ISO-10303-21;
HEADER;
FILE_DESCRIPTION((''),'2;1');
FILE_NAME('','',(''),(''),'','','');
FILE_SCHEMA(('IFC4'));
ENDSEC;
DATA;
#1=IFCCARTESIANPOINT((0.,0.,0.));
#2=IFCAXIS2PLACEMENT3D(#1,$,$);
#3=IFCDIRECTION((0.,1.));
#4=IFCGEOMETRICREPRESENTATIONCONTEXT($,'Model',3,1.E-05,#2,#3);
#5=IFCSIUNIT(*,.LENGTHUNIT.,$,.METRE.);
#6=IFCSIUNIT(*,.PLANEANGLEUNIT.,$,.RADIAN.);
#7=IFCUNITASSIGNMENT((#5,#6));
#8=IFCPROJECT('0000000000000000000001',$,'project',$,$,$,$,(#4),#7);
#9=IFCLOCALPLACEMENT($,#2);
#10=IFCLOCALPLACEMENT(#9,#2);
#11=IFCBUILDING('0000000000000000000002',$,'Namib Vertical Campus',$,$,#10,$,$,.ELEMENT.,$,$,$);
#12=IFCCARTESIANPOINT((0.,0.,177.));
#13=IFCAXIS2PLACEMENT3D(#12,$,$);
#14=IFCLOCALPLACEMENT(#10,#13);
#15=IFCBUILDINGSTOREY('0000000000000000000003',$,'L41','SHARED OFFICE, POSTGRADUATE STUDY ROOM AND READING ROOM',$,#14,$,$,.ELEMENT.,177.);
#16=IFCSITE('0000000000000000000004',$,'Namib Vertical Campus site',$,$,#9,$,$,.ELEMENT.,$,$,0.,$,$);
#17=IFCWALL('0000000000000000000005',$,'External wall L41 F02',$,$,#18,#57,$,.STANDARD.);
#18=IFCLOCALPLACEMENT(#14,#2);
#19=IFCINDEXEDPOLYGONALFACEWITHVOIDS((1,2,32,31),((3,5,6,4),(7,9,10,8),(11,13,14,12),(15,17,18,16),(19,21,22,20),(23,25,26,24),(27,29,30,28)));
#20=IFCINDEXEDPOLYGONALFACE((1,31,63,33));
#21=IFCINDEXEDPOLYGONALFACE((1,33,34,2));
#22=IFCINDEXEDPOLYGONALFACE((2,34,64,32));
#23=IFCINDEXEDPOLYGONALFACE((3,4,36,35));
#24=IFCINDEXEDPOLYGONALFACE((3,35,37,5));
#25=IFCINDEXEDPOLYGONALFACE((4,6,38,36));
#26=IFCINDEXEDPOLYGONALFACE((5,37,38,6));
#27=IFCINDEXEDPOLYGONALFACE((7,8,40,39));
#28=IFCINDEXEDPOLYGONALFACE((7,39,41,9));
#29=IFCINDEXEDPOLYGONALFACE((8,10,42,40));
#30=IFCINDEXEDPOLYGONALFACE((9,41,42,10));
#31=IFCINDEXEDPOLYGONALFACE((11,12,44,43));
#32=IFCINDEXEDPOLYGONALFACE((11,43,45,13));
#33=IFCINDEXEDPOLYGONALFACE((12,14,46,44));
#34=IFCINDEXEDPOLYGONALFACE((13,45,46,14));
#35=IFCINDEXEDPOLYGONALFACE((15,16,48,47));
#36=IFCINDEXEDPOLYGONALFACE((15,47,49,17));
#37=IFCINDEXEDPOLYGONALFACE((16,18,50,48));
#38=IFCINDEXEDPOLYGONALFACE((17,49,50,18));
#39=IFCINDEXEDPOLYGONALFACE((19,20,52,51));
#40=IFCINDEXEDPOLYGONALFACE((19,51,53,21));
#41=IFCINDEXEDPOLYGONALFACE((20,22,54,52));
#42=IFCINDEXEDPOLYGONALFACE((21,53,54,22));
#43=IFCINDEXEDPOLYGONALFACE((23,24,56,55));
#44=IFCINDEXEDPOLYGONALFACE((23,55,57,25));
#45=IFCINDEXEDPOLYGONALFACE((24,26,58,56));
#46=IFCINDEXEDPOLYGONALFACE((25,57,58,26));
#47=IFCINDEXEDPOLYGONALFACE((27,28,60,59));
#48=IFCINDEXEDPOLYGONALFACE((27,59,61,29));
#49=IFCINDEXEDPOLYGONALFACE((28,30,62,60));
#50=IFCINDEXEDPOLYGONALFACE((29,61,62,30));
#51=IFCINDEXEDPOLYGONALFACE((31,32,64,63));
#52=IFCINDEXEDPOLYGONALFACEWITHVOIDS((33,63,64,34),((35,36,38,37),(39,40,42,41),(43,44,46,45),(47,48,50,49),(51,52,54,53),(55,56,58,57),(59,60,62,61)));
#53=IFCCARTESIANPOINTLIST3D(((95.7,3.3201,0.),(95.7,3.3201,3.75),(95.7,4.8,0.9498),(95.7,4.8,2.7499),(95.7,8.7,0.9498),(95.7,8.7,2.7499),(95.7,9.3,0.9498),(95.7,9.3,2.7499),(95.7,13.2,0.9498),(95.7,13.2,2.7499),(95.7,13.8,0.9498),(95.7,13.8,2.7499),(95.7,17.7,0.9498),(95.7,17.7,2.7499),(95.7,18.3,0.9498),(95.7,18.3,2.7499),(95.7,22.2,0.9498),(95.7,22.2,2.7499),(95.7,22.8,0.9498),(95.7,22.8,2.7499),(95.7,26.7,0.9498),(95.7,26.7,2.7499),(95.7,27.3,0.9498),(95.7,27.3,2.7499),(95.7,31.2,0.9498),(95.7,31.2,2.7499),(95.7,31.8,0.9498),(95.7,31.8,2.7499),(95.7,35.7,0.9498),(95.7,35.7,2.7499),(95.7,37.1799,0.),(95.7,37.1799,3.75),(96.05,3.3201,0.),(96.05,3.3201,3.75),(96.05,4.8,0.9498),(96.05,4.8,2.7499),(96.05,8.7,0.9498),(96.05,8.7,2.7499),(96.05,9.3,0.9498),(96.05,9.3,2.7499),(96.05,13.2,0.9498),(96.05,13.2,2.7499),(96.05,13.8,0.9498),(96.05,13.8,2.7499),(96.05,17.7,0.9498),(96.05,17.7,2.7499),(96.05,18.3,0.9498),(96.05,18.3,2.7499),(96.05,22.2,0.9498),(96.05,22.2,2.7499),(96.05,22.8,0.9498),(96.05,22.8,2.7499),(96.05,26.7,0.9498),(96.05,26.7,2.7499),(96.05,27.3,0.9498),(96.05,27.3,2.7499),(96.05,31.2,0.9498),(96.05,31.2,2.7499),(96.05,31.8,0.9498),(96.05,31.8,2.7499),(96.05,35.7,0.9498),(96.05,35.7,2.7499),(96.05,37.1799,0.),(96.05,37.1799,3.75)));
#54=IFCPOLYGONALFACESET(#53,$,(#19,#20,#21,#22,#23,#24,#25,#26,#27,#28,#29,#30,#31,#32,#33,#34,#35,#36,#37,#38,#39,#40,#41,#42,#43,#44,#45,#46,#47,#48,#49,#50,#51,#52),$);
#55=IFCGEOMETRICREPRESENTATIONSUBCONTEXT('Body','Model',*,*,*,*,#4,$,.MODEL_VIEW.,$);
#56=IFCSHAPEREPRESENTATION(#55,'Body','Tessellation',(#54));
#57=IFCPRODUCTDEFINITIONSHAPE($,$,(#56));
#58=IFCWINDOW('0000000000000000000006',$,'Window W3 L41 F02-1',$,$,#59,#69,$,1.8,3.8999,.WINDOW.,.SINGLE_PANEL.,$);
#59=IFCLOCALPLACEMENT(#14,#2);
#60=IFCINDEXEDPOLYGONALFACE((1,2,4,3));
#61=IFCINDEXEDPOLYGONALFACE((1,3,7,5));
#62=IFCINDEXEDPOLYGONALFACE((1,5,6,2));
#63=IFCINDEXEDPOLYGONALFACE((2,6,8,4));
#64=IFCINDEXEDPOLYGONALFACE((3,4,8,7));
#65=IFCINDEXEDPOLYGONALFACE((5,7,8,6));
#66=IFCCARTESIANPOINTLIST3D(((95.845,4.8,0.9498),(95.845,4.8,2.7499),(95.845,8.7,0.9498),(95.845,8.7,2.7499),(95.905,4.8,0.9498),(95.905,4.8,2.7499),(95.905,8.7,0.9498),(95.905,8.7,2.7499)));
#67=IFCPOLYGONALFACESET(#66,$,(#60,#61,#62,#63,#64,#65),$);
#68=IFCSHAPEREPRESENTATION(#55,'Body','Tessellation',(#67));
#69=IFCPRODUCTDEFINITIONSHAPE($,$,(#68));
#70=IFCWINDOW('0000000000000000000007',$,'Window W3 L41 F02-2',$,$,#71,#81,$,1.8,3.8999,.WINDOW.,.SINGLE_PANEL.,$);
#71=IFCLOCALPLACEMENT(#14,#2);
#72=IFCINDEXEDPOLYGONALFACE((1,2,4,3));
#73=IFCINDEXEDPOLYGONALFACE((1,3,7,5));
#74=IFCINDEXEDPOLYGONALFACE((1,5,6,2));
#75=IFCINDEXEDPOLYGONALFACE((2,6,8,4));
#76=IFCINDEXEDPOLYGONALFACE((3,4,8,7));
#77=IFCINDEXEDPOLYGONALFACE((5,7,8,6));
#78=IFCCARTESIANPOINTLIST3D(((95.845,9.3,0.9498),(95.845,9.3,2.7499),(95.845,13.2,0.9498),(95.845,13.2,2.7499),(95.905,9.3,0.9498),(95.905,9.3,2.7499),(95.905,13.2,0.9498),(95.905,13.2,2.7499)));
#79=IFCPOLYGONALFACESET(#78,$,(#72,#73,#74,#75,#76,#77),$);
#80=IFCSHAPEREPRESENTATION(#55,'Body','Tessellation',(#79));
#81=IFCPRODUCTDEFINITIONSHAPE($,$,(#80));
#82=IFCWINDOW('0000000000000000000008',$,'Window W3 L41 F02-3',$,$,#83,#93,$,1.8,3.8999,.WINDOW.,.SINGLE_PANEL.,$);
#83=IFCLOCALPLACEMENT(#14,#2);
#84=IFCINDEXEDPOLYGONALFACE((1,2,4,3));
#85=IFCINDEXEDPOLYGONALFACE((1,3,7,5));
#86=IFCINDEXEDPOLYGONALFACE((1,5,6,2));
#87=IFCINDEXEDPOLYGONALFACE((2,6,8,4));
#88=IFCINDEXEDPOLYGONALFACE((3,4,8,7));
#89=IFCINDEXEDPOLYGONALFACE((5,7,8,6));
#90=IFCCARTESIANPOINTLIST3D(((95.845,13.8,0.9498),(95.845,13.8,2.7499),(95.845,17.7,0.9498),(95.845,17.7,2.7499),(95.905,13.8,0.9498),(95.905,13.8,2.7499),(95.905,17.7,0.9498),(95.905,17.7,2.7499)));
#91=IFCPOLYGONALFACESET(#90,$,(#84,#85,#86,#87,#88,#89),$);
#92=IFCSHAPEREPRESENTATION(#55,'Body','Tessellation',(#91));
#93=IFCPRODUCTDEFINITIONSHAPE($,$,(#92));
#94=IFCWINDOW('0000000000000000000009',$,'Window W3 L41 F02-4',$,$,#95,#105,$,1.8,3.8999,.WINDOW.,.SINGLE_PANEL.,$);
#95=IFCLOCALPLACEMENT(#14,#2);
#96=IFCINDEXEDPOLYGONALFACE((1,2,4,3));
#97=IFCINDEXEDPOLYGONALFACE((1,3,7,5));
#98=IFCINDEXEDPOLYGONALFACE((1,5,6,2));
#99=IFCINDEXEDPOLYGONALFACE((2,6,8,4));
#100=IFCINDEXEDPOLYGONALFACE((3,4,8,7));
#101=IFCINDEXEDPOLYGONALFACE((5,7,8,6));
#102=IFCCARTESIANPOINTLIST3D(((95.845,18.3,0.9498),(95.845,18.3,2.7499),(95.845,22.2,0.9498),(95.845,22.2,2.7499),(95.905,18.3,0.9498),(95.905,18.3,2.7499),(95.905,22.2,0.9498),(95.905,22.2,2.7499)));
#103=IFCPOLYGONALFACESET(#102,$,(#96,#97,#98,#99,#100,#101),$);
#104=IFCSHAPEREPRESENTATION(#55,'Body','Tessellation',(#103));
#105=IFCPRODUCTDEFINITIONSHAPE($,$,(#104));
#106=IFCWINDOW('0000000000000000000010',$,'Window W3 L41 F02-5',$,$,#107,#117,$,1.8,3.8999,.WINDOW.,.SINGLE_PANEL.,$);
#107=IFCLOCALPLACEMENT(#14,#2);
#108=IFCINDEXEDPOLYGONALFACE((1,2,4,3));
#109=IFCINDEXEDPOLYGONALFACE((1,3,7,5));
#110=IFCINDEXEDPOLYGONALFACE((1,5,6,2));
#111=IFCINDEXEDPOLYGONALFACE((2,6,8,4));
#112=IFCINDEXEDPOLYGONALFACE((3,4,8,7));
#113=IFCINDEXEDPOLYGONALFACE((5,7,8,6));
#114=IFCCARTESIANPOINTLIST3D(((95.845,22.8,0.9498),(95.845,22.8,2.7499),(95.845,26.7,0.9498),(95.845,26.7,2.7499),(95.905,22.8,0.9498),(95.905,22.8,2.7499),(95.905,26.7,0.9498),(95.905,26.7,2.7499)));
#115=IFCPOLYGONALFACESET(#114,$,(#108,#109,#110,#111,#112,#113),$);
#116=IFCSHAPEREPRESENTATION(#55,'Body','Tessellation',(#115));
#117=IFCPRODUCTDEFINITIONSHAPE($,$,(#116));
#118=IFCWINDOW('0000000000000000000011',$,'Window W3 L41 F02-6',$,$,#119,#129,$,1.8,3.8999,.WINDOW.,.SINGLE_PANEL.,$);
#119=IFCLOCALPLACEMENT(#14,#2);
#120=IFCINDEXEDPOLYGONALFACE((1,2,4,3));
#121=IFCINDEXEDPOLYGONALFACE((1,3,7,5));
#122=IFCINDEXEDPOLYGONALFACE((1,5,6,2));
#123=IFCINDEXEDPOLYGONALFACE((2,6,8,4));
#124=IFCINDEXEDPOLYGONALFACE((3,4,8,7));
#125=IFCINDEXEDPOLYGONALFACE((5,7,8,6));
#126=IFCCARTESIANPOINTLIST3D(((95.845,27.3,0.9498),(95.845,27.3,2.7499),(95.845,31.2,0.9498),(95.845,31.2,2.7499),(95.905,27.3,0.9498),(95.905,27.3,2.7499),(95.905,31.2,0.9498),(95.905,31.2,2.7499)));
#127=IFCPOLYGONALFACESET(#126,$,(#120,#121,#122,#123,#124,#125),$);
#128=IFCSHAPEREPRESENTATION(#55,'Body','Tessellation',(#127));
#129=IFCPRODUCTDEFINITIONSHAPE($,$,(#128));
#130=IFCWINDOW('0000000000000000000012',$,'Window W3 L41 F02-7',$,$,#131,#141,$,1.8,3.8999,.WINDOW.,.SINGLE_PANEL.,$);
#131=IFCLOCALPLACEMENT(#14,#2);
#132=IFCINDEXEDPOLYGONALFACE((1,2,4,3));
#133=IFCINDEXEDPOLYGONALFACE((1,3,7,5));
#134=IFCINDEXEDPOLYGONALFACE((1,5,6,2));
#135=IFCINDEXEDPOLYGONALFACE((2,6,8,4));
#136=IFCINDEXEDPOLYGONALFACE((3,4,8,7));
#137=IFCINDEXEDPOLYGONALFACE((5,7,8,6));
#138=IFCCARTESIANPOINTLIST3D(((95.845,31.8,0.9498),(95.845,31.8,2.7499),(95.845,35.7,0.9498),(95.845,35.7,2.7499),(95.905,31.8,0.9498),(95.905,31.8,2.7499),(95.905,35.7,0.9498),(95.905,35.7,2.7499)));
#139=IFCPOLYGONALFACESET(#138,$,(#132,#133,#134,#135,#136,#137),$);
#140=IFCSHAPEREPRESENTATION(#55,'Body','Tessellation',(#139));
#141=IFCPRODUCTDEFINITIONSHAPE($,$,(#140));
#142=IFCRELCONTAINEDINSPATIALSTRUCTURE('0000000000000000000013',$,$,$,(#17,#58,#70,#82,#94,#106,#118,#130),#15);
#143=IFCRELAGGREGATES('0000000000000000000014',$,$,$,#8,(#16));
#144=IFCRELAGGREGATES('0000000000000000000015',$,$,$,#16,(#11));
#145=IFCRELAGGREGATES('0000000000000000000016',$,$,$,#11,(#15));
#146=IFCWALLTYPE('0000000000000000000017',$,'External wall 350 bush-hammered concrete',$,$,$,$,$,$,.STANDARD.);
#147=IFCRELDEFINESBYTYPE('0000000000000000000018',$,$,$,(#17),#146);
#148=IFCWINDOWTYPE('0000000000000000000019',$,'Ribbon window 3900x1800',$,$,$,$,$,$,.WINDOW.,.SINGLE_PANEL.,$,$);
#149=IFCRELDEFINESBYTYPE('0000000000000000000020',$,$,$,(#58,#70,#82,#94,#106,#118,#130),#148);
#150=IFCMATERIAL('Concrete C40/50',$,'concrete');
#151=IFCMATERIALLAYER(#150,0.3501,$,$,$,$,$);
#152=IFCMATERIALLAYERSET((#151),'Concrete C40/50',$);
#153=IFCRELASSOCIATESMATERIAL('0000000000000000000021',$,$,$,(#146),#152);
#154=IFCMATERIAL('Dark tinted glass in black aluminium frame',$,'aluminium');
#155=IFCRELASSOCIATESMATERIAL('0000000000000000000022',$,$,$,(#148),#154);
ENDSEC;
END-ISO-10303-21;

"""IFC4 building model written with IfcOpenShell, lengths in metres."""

from ifc_helpers import new_model, si_unit, direction, frame, frame_2d, origin, place, context, subcontext, project, spatial, rectangle, extrude, material, layer, layer_set, type_object, element, fill, save


model = new_model("IFC4")

# Units and contexts
model_context = context("Model", 3, precision=1e-05, world=origin(), true_north=direction((0.0, 1.0)))
body_context = subcontext(model_context, "Body", "Model", "MODEL_VIEW")
ifc_project = project(units=[si_unit("LENGTHUNIT", "METRE"), si_unit("PLANEANGLEUNIT", "RADIAN")], contexts=[model_context])

# Site, building, storey
site_placement = place(None, origin())
site = spatial("IfcSite", under=ifc_project, at=site_placement, Name="Namib Vertical Campus site", CompositionType="ELEMENT", RefElevation=0.0)
building_placement = place(site_placement, origin())
building = spatial("IfcBuilding", under=site, at=building_placement, Name="Namib Vertical Campus", CompositionType="ELEMENT")
storey_placement = place(building_placement, frame((0.0, 0.0, 177.0)))
storey = spatial("IfcBuildingStorey", under=building, at=storey_placement, Name="L41", Description="SHARED OFFICE, POSTGRADUATE STUDY ROOM AND READING ROOM", CompositionType="ELEMENT", Elevation=177.0)

# Wall, openings, windows
ifc_material_1 = material(Name="Concrete C40/50", Category="concrete")
ifc_layer_1 = layer(ifc_material_1, 0.3501)
ifc_layer_set_1 = layer_set([ifc_layer_1], Name="Concrete C40/50")
wall_type_1 = type_object("IfcWallType", Name="External wall 350 bush-hammered concrete", PredefinedType="STANDARD", material=ifc_layer_set_1)
wall_1_placement = place(storey_placement, frame((95.875, 3.3201, 0.0), z_axis=(0.0, 0.0, 1.0), x_axis=(0.0, 1.0, 0.0)))
wall_1 = element("IfcWall", 1, at=wall_1_placement, inside=storey, type_object=wall_type_1, Name="External wall L41 F02", PredefinedType="STANDARD", context=body_context, shape_type="SweptSolid", body=[
    extrude(rectangle(XDim=33.8599, YDim=0.3501, at=frame_2d((16.9299, 0.0))), origin(), (0.0, 0.0, 1.0), 3.75),
])
opening_1_placement = place(wall_1_placement, frame((1.48, 0.0, 0.95)))
opening_1 = element("IfcOpeningElement", 2, at=opening_1_placement, cuts=wall_1, PredefinedType="OPENING", context=body_context, shape_type="SweptSolid", body=[
    extrude(rectangle(XDim=3.8999, YDim=1.8, at=frame_2d((1.95, 0.8999))), frame((0.0, 0.1851, 0.0), z_axis=(0.0, -1.0, 0.0), x_axis=(1.0, 0.0, 0.0)), (0.0, 0.0, 1.0), 0.3701),
])
opening_2_placement = place(wall_1_placement, frame((5.98, 0.0, 0.95)))
opening_2 = element("IfcOpeningElement", 3, at=opening_2_placement, cuts=wall_1, PredefinedType="OPENING", context=body_context, shape_type="SweptSolid", body=[
    extrude(rectangle(XDim=3.8999, YDim=1.8, at=frame_2d((1.95, 0.8999))), frame((0.0, 0.1851, 0.0), z_axis=(0.0, -1.0, 0.0), x_axis=(1.0, 0.0, 0.0)), (0.0, 0.0, 1.0), 0.3701),
])
opening_3_placement = place(wall_1_placement, frame((10.48, 0.0, 0.95)))
opening_3 = element("IfcOpeningElement", 4, at=opening_3_placement, cuts=wall_1, PredefinedType="OPENING", context=body_context, shape_type="SweptSolid", body=[
    extrude(rectangle(XDim=3.8999, YDim=1.8, at=frame_2d((1.95, 0.8999))), frame((0.0, 0.1851, 0.0), z_axis=(0.0, -1.0, 0.0), x_axis=(1.0, 0.0, 0.0)), (0.0, 0.0, 1.0), 0.3701),
])
opening_4_placement = place(wall_1_placement, frame((14.98, 0.0, 0.95)))
opening_4 = element("IfcOpeningElement", 5, at=opening_4_placement, cuts=wall_1, PredefinedType="OPENING", context=body_context, shape_type="SweptSolid", body=[
    extrude(rectangle(XDim=3.8999, YDim=1.8, at=frame_2d((1.95, 0.8999))), frame((0.0, 0.1851, 0.0), z_axis=(0.0, -1.0, 0.0), x_axis=(1.0, 0.0, 0.0)), (0.0, 0.0, 1.0), 0.3701),
])
opening_5_placement = place(wall_1_placement, frame((19.48, 0.0, 0.95)))
opening_5 = element("IfcOpeningElement", 6, at=opening_5_placement, cuts=wall_1, PredefinedType="OPENING", context=body_context, shape_type="SweptSolid", body=[
    extrude(rectangle(XDim=3.8999, YDim=1.8, at=frame_2d((1.95, 0.8999))), frame((0.0, 0.1851, 0.0), z_axis=(0.0, -1.0, 0.0), x_axis=(1.0, 0.0, 0.0)), (0.0, 0.0, 1.0), 0.3701),
])
opening_6_placement = place(wall_1_placement, frame((23.98, 0.0, 0.95)))
opening_6 = element("IfcOpeningElement", 7, at=opening_6_placement, cuts=wall_1, PredefinedType="OPENING", context=body_context, shape_type="SweptSolid", body=[
    extrude(rectangle(XDim=3.8999, YDim=1.8, at=frame_2d((1.95, 0.8999))), frame((0.0, 0.1851, 0.0), z_axis=(0.0, -1.0, 0.0), x_axis=(1.0, 0.0, 0.0)), (0.0, 0.0, 1.0), 0.3701),
])
opening_7_placement = place(wall_1_placement, frame((28.48, 0.0, 0.95)))
opening_7 = element("IfcOpeningElement", 8, at=opening_7_placement, cuts=wall_1, PredefinedType="OPENING", context=body_context, shape_type="SweptSolid", body=[
    extrude(rectangle(XDim=3.8999, YDim=1.8, at=frame_2d((1.95, 0.8999))), frame((0.0, 0.1851, 0.0), z_axis=(0.0, -1.0, 0.0), x_axis=(1.0, 0.0, 0.0)), (0.0, 0.0, 1.0), 0.3701),
])
ifc_material_2 = material(Name="Dark tinted glass in black aluminium frame", Category="aluminium")
window_type = type_object("IfcWindowType", Name="Ribbon window 3900x1800", PartitioningType="SINGLE_PANEL", PredefinedType="WINDOW", material=ifc_material_2)
window_1_placement = place(opening_1_placement, origin())
window_1 = element("IfcWindow", 9, at=window_1_placement, inside=storey, type_object=window_type, Name="Window W3 L41 F02-1", OverallHeight=1.8, OverallWidth=3.8999, PartitioningType="SINGLE_PANEL", PredefinedType="WINDOW", context=body_context, shape_type="SweptSolid", body=[
    extrude(rectangle(XDim=3.8999, YDim=1.8, at=frame_2d((1.95, 0.8999))), frame((0.0, 0.03, 0.0), z_axis=(0.0, -1.0, 0.0), x_axis=(1.0, 0.0, 0.0)), (0.0, 0.0, 1.0), 0.0601),
])
fill(opening_1, window_1)
window_2_placement = place(opening_2_placement, origin())
window_2 = element("IfcWindow", 10, at=window_2_placement, inside=storey, type_object=window_type, Name="Window W3 L41 F02-2", OverallHeight=1.8, OverallWidth=3.8999, PartitioningType="SINGLE_PANEL", PredefinedType="WINDOW", context=body_context, shape_type="SweptSolid", body=[
    extrude(rectangle(XDim=3.8999, YDim=1.8, at=frame_2d((1.95, 0.8999))), frame((0.0, 0.03, 0.0), z_axis=(0.0, -1.0, 0.0), x_axis=(1.0, 0.0, 0.0)), (0.0, 0.0, 1.0), 0.0601),
])
fill(opening_2, window_2)
window_3_placement = place(opening_3_placement, origin())
window_3 = element("IfcWindow", 11, at=window_3_placement, inside=storey, type_object=window_type, Name="Window W3 L41 F02-3", OverallHeight=1.8, OverallWidth=3.8999, PartitioningType="SINGLE_PANEL", PredefinedType="WINDOW", context=body_context, shape_type="SweptSolid", body=[
    extrude(rectangle(XDim=3.8999, YDim=1.8, at=frame_2d((1.95, 0.8999))), frame((0.0, 0.03, 0.0), z_axis=(0.0, -1.0, 0.0), x_axis=(1.0, 0.0, 0.0)), (0.0, 0.0, 1.0), 0.0601),
])
fill(opening_3, window_3)
window_4_placement = place(opening_4_placement, origin())
window_4 = element("IfcWindow", 12, at=window_4_placement, inside=storey, type_object=window_type, Name="Window W3 L41 F02-4", OverallHeight=1.8, OverallWidth=3.8999, PartitioningType="SINGLE_PANEL", PredefinedType="WINDOW", context=body_context, shape_type="SweptSolid", body=[
    extrude(rectangle(XDim=3.8999, YDim=1.8, at=frame_2d((1.95, 0.8999))), frame((0.0, 0.03, 0.0), z_axis=(0.0, -1.0, 0.0), x_axis=(1.0, 0.0, 0.0)), (0.0, 0.0, 1.0), 0.0601),
])
fill(opening_4, window_4)
window_5_placement = place(opening_5_placement, origin())
window_5 = element("IfcWindow", 13, at=window_5_placement, inside=storey, type_object=window_type, Name="Window W3 L41 F02-5", OverallHeight=1.8, OverallWidth=3.8999, PartitioningType="SINGLE_PANEL", PredefinedType="WINDOW", context=body_context, shape_type="SweptSolid", body=[
    extrude(rectangle(XDim=3.8999, YDim=1.8, at=frame_2d((1.95, 0.8999))), frame((0.0, 0.03, 0.0), z_axis=(0.0, -1.0, 0.0), x_axis=(1.0, 0.0, 0.0)), (0.0, 0.0, 1.0), 0.0601),
])
fill(opening_5, window_5)
window_6_placement = place(opening_6_placement, origin())
window_6 = element("IfcWindow", 14, at=window_6_placement, inside=storey, type_object=window_type, Name="Window W3 L41 F02-6", OverallHeight=1.8, OverallWidth=3.8999, PartitioningType="SINGLE_PANEL", PredefinedType="WINDOW", context=body_context, shape_type="SweptSolid", body=[
    extrude(rectangle(XDim=3.8999, YDim=1.8, at=frame_2d((1.95, 0.8999))), frame((0.0, 0.03, 0.0), z_axis=(0.0, -1.0, 0.0), x_axis=(1.0, 0.0, 0.0)), (0.0, 0.0, 1.0), 0.0601),
])
fill(opening_6, window_6)
window_7_placement = place(opening_7_placement, origin())
window_7 = element("IfcWindow", 15, at=window_7_placement, inside=storey, type_object=window_type, Name="Window W3 L41 F02-7", OverallHeight=1.8, OverallWidth=3.8999, PartitioningType="SINGLE_PANEL", PredefinedType="WINDOW", context=body_context, shape_type="SweptSolid", body=[
    extrude(rectangle(XDim=3.8999, YDim=1.8, at=frame_2d((1.95, 0.8999))), frame((0.0, 0.03, 0.0), z_axis=(0.0, -1.0, 0.0), x_axis=(1.0, 0.0, 0.0)), (0.0, 0.0, 1.0), 0.0601),
])
fill(opening_7, window_7)

save(model, "model.ifc")
